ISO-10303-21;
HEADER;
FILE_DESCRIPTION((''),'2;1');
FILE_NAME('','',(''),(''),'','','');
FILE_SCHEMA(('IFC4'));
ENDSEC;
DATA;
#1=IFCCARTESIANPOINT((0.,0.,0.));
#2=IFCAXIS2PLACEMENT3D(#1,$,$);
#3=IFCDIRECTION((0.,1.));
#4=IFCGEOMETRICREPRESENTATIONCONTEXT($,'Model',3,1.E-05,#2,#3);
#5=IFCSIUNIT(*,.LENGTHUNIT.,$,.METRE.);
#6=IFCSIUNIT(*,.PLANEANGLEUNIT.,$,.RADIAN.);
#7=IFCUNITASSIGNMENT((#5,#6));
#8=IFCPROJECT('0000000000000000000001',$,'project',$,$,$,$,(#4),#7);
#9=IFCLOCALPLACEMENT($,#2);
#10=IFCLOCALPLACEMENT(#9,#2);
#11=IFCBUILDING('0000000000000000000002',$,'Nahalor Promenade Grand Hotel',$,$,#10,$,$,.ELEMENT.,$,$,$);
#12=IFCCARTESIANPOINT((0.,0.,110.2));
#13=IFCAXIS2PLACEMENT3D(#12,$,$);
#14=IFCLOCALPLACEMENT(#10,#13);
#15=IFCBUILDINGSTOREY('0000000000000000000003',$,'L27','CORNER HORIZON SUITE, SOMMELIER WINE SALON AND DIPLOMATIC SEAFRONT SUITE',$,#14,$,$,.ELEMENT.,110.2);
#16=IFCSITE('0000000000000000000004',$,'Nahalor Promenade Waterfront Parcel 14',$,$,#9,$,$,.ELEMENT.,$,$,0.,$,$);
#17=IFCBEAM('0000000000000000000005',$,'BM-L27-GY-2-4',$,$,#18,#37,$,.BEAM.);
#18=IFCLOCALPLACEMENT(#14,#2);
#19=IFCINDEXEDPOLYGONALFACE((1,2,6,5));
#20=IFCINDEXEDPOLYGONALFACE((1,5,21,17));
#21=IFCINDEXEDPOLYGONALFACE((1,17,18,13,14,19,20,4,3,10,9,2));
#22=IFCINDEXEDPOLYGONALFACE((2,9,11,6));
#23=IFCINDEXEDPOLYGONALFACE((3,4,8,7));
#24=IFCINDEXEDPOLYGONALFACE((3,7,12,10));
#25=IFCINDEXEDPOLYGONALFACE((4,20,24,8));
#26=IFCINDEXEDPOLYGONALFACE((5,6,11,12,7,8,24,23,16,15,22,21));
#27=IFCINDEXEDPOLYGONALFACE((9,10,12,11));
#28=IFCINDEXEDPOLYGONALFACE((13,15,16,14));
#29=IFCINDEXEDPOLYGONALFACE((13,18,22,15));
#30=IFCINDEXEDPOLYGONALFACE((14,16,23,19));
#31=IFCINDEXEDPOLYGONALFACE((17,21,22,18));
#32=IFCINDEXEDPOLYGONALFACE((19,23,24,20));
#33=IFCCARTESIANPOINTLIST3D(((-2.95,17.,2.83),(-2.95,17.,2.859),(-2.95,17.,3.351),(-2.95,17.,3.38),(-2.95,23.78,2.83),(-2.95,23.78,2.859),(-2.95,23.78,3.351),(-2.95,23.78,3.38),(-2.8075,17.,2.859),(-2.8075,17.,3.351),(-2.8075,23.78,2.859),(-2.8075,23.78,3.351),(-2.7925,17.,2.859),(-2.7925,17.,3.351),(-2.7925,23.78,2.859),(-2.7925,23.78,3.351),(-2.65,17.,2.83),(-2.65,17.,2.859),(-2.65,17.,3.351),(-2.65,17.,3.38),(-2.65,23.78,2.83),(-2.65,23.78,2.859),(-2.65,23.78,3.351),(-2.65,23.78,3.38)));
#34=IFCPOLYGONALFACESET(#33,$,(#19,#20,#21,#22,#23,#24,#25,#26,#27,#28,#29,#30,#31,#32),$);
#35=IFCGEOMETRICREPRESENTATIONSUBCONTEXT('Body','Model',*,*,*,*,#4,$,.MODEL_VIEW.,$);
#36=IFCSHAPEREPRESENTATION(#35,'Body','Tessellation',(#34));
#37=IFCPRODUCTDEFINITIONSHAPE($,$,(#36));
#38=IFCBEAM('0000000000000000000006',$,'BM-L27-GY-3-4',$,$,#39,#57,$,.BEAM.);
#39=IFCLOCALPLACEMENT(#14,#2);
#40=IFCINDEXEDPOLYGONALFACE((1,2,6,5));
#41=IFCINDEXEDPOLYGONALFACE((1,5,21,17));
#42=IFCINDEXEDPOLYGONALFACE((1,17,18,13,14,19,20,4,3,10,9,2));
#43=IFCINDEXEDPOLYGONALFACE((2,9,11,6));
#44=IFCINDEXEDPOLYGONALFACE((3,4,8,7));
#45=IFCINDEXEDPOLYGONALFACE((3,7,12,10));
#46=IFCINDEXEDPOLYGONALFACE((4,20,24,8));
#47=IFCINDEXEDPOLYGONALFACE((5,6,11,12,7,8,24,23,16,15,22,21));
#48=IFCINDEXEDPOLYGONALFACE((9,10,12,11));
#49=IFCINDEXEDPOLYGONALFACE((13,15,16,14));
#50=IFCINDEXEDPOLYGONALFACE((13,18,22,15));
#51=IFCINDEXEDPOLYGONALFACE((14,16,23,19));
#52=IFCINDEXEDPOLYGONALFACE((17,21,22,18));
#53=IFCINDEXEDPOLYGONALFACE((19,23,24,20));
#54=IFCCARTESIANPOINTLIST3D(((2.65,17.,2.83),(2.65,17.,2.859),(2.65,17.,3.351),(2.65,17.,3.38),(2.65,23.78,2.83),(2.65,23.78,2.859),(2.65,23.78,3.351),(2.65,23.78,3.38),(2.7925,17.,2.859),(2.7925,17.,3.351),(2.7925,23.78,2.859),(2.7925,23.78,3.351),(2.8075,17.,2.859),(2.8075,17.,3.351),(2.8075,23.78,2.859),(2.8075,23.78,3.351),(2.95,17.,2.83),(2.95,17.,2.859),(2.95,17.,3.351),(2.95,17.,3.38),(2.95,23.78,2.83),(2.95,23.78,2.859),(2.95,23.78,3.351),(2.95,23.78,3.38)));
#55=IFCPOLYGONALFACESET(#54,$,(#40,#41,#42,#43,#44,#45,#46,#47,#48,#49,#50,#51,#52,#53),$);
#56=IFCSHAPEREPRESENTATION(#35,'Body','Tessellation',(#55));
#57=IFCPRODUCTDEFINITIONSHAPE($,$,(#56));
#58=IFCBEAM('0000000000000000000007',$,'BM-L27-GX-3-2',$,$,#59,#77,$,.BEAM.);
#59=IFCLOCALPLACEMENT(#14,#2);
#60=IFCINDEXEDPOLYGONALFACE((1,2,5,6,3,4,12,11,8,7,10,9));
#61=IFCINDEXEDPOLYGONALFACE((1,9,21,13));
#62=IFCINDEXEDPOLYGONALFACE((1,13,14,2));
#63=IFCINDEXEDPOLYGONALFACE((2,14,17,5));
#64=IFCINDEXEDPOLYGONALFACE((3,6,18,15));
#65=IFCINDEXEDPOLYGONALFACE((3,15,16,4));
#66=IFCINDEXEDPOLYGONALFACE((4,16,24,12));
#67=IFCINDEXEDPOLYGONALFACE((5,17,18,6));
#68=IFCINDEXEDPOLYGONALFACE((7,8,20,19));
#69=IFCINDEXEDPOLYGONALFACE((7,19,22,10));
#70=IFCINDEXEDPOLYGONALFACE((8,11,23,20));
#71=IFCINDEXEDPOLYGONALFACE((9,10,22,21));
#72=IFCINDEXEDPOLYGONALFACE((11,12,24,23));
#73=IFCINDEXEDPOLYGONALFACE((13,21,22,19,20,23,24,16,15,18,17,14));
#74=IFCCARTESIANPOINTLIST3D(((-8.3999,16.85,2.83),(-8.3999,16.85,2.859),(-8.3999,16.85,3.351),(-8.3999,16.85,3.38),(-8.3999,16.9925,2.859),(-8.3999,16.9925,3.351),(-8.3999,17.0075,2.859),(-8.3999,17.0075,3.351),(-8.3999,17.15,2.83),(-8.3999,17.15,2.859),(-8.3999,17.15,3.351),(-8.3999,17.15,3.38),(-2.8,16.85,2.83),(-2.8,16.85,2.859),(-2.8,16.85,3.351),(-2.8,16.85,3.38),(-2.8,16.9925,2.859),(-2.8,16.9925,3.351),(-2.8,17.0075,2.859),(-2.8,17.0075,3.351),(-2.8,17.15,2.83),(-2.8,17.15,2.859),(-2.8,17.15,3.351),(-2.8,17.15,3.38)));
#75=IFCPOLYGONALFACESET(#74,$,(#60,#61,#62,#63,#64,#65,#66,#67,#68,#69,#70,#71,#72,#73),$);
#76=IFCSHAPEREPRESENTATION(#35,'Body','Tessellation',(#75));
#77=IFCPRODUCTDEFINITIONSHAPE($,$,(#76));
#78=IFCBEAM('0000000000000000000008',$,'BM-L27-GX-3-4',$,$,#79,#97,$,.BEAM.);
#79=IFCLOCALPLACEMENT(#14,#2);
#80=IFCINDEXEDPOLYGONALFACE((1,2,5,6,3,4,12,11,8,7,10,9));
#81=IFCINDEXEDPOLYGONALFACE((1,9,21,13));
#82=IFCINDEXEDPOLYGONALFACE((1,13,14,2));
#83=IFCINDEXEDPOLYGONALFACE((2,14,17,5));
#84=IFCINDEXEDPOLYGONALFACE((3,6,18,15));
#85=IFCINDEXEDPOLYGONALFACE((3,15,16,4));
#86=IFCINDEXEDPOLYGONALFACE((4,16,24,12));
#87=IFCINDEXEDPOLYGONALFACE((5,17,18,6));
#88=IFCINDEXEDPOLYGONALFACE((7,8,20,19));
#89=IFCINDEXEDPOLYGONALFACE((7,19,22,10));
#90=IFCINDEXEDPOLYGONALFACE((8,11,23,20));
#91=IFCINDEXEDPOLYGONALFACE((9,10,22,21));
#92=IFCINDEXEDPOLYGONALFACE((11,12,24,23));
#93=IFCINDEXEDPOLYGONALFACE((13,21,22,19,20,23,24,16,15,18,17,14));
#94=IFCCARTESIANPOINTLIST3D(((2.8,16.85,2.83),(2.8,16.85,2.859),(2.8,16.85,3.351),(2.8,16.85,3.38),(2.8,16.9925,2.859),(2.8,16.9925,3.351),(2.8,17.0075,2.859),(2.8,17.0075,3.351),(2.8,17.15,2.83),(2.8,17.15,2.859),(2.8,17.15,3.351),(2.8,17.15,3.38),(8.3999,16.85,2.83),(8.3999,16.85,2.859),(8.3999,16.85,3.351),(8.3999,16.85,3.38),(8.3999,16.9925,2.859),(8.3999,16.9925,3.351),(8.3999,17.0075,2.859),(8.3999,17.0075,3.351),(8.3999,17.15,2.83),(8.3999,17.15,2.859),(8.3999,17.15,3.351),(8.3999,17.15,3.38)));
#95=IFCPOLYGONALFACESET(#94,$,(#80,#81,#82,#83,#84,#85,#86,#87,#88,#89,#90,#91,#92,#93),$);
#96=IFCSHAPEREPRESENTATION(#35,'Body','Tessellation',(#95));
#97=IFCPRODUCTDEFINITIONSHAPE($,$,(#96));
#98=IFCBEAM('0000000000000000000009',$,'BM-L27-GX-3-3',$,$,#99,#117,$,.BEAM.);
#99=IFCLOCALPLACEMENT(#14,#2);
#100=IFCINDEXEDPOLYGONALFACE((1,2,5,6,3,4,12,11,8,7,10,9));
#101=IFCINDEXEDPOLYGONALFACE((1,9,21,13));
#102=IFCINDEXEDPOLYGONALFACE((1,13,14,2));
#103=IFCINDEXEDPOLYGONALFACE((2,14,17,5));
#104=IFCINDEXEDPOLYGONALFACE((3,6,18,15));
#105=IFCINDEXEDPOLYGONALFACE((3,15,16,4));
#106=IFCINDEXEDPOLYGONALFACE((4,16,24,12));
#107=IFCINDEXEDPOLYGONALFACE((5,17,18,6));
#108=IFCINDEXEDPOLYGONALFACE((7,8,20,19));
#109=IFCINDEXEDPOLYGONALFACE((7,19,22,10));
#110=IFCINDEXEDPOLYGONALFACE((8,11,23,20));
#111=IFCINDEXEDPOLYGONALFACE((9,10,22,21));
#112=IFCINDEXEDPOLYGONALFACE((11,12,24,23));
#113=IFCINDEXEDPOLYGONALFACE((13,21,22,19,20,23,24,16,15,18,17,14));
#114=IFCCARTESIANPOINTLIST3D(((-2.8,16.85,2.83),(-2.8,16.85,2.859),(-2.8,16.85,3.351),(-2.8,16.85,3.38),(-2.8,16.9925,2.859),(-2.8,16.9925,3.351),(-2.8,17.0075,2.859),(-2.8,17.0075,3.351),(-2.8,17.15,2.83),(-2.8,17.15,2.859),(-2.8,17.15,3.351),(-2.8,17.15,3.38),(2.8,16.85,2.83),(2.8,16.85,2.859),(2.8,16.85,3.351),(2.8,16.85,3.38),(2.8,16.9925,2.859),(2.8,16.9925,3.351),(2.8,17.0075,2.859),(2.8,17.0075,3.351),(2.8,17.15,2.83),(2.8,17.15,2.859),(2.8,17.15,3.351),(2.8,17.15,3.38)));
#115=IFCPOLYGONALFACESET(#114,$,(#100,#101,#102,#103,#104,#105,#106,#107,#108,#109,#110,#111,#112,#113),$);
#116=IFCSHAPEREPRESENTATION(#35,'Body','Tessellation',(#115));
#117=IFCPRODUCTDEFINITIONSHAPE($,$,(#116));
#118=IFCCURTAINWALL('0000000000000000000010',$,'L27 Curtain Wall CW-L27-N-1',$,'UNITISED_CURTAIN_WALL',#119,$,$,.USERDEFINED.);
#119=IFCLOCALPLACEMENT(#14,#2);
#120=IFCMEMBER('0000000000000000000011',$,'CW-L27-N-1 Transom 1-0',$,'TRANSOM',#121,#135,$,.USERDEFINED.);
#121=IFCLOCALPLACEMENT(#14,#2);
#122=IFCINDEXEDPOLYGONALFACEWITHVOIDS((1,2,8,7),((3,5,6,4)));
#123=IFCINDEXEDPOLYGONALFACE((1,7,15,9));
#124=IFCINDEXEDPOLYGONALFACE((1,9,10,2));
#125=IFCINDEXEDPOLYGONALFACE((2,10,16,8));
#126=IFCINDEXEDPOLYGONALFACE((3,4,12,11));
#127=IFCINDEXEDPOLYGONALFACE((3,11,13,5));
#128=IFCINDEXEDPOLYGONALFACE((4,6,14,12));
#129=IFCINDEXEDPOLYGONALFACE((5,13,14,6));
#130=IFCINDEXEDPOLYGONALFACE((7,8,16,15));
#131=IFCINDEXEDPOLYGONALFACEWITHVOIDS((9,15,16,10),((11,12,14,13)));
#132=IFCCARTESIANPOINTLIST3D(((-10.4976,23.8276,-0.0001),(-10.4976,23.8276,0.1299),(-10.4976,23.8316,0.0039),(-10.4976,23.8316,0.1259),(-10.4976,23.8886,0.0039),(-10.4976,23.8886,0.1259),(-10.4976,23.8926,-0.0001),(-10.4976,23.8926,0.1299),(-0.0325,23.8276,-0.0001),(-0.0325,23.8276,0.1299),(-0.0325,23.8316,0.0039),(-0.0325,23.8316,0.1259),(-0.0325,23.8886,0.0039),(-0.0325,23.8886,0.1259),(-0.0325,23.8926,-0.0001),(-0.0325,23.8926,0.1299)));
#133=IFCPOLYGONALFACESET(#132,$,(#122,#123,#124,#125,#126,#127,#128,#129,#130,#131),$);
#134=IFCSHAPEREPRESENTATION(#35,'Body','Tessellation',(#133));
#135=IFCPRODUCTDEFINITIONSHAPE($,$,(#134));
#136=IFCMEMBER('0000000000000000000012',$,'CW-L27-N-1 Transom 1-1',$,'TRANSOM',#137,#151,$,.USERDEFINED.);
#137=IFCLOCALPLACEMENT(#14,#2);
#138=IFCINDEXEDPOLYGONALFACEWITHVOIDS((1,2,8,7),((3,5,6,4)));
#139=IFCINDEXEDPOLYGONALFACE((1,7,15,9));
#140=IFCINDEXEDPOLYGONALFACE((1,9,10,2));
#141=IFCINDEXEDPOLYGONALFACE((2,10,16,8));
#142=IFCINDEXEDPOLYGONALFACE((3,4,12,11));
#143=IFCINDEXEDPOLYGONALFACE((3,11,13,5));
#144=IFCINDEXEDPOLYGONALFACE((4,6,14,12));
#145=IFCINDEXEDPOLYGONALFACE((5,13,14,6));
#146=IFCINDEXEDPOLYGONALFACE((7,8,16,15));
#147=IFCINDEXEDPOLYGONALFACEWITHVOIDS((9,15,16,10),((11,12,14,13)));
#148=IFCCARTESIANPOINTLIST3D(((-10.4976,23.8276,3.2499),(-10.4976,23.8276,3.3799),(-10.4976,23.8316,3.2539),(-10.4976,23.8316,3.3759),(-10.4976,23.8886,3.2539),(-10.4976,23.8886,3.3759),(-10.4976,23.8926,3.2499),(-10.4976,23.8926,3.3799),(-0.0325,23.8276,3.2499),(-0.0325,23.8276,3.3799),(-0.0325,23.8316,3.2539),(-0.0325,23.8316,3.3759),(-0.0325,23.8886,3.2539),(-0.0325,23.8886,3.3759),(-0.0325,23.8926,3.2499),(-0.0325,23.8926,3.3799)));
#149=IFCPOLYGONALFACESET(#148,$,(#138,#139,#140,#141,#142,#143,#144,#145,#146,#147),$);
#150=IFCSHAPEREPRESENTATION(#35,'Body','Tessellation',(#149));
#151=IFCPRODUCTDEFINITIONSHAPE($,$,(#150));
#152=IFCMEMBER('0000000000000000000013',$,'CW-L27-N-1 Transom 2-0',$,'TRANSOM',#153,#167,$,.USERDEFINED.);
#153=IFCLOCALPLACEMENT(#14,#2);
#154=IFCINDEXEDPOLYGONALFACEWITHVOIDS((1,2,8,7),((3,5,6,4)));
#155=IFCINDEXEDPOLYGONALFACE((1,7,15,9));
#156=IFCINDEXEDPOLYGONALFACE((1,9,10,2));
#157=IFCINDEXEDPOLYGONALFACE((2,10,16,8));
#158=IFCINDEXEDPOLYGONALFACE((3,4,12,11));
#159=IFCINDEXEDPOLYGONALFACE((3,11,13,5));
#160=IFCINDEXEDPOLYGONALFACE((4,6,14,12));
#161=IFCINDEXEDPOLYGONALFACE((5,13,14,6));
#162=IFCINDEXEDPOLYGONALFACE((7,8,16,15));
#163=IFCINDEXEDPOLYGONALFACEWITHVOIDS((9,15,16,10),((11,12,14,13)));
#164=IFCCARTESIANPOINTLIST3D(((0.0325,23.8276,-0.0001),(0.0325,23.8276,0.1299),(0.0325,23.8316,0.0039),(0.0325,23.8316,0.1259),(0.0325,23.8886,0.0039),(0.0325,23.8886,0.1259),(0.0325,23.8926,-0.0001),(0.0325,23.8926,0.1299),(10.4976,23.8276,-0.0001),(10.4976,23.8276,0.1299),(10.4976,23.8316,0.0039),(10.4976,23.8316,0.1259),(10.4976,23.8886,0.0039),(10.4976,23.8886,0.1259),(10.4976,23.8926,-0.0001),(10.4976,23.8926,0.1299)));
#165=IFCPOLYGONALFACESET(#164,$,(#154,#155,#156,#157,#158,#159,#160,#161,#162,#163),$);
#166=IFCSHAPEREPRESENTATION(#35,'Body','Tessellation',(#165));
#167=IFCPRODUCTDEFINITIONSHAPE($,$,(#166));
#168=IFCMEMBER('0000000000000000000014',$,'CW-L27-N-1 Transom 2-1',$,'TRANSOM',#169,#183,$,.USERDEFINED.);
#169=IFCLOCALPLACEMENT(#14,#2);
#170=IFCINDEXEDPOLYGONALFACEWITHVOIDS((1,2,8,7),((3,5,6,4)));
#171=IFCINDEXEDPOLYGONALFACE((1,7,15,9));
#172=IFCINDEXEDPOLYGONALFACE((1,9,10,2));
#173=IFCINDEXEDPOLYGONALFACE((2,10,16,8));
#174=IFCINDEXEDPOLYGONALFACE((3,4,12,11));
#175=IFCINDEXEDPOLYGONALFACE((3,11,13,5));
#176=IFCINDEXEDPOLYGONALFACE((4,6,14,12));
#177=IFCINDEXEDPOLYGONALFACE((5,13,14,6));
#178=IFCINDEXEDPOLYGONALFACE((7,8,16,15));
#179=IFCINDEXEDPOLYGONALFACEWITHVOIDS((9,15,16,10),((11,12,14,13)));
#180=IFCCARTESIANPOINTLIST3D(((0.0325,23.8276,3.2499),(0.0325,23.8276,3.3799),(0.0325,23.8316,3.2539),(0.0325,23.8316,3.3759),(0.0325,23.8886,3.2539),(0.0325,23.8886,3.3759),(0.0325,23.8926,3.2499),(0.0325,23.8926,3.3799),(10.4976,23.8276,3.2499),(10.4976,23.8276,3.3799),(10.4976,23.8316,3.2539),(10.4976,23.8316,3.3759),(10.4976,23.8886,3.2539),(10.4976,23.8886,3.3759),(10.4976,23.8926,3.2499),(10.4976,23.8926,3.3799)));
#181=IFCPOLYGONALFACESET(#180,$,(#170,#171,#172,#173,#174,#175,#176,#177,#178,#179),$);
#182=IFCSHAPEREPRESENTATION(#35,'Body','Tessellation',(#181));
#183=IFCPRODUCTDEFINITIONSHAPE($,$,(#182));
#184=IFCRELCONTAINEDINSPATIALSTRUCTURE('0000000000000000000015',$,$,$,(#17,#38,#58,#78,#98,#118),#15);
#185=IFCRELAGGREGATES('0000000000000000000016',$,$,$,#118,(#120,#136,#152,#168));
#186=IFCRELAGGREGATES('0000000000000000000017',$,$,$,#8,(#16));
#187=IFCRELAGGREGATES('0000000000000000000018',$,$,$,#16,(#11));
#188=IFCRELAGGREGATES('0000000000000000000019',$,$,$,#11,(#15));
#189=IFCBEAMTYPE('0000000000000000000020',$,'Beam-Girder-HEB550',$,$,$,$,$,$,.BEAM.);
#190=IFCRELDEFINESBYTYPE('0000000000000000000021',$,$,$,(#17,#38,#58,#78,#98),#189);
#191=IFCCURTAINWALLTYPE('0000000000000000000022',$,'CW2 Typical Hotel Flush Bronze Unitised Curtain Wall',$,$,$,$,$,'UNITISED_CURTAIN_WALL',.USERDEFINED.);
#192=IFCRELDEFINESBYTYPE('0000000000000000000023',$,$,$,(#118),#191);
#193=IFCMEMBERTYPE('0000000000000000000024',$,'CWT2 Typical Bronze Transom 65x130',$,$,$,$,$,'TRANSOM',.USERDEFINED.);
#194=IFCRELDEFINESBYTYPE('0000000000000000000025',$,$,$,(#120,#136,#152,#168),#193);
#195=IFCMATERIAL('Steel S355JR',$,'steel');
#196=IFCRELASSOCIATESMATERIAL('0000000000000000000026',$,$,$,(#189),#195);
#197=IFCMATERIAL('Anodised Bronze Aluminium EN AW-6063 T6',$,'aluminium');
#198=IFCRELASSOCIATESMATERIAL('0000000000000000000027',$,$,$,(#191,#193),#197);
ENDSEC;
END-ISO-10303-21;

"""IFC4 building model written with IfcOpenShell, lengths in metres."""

from ifc_helpers import new_model, si_unit, direction, frame, origin, origin_2d, place, context, subcontext, project, spatial, hollow_rectangle, i_section, extrude, source, transform, mapped, material, material_profile, profile_set, type_object, element, aggregate, save


model = new_model("IFC4")

# Units and contexts
model_context = context("Model", 3, precision=1e-05, world=origin(), true_north=direction((0.0, 1.0)))
body_context = subcontext(model_context, "Body", "Model", "MODEL_VIEW")
ifc_project = project(units=[si_unit("LENGTHUNIT", "METRE"), si_unit("PLANEANGLEUNIT", "RADIAN")], contexts=[model_context])

# Site, building, storey
site_placement = place(None, origin())
site = spatial("IfcSite", under=ifc_project, at=site_placement, Name="Nahalor Promenade Waterfront Parcel 14", CompositionType="ELEMENT", RefElevation=0.0)
building_placement = place(site_placement, origin())
building = spatial("IfcBuilding", under=site, at=building_placement, Name="Nahalor Promenade Grand Hotel", CompositionType="ELEMENT")
storey_placement = place(building_placement, frame((0.0, 0.0, 110.2)))
storey = spatial("IfcBuildingStorey", under=building, at=storey_placement, Name="L27", Description="CORNER HORIZON SUITE, SOMMELIER WINE SALON AND DIPLOMATIC SEAFRONT SUITE", CompositionType="ELEMENT", Elevation=110.2)

# Beams
ifc_material_1 = material(Name="Steel S355JR", Category="steel")
ifc_material_profile_1 = material_profile(ifc_material_1, i_section(OverallWidth=0.3, OverallDepth=0.55, WebThickness=0.015, FlangeThickness=0.029, at=origin_2d()), Name="HEB 550")
ifc_profile_set_1 = profile_set([ifc_material_profile_1], Name="Steel S355JR")
beam_type_1 = type_object("IfcBeamType", Name="Beam-Girder-HEB550", PredefinedType="BEAM", material=ifc_profile_set_1)
shared_shape_1 = source(origin(), body_context, "Body", "SweptSolid", [
    extrude(i_section(OverallWidth=0.3, OverallDepth=0.55, WebThickness=0.015, FlangeThickness=0.029, at=origin_2d()), origin(), (0.0, 0.0, 1.0), 6.78),
])
for number, where, z_axis, x_axis, name in (
    (1, (-2.8, 17.0, 3.105), (0.0, 1.0, 0.0), (-1.0, 0.0, 0.0), "BM-L27-GY-2-4"),
    (2, (2.8, 17.0, 3.105), (0.0, 1.0, 0.0), (-1.0, 0.0, 0.0), "BM-L27-GY-3-4"),
):
    element("IfcBeam", number, at=place(storey_placement, frame(where, z_axis=z_axis, x_axis=x_axis)), inside=storey, type_object=beam_type_1, Name=name, PredefinedType="BEAM", context=body_context, shape_type="MappedRepresentation", body=[
        mapped(shared_shape_1, transform((0.0, 0.0, 0.0), scale=1.0)),
    ])
shared_shape_2 = source(origin(), body_context, "Body", "SweptSolid", [
    extrude(i_section(OverallWidth=0.3, OverallDepth=0.55, WebThickness=0.015, FlangeThickness=0.029, at=origin_2d()), origin(), (0.0, 0.0, 1.0), 5.5999),
])
for number, where, z_axis, x_axis, name in (
    (3, (-8.3999, 17.0, 3.105), (1.0, 0.0, 0.0), (0.0, 1.0, 0.0), "BM-L27-GX-3-2"),
    (4, (2.8, 17.0, 3.105), (1.0, 0.0, 0.0), (0.0, 1.0, 0.0), "BM-L27-GX-3-4"),
):
    element("IfcBeam", number, at=place(storey_placement, frame(where, z_axis=z_axis, x_axis=x_axis)), inside=storey, type_object=beam_type_1, Name=name, PredefinedType="BEAM", context=body_context, shape_type="MappedRepresentation", body=[
        mapped(shared_shape_2, transform((0.0, 0.0, 0.0), scale=1.0)),
    ])
shared_shape_3 = source(origin(), body_context, "Body", "SweptSolid", [
    extrude(i_section(OverallWidth=0.3, OverallDepth=0.55, WebThickness=0.015, FlangeThickness=0.029, at=origin_2d()), origin(), (0.0, 0.0, 1.0), 5.6001),
])
beam_1_placement = place(storey_placement, frame((-2.8, 17.0, 3.105), z_axis=(1.0, 0.0, 0.0), x_axis=(0.0, 1.0, 0.0)))
element("IfcBeam", 5, at=beam_1_placement, inside=storey, type_object=beam_type_1, Name="BM-L27-GX-3-3", PredefinedType="BEAM", context=body_context, shape_type="MappedRepresentation", body=[
    mapped(shared_shape_3, transform((0.0, 0.0, 0.0), scale=1.0)),
])

# Curtain wall, members
ifc_material_2 = material(Name="Anodised Bronze Aluminium EN AW-6063 T6", Category="aluminium")
curtain_wall_type = type_object("IfcCurtainWallType", Name="CW2 Typical Hotel Flush Bronze Unitised Curtain Wall", ElementType="UNITISED_CURTAIN_WALL", PredefinedType="USERDEFINED", material=ifc_material_2)
curtain_wall_placement = place(storey_placement, origin())
curtain_wall = element("IfcCurtainWall", 6, at=curtain_wall_placement, inside=storey, type_object=curtain_wall_type, Name="L27 Curtain Wall CW-L27-N-1", ObjectType="UNITISED_CURTAIN_WALL", PredefinedType="USERDEFINED")
ifc_material_profile_2 = material_profile(ifc_material_2, hollow_rectangle(XDim=0.065, YDim=0.13, WallThickness=0.004, at=origin_2d()), Name="CWT 65x130x4")
ifc_profile_set_2 = profile_set([ifc_material_profile_2], Name="Anodised Bronze Aluminium EN AW-6063 T6")
member_type_1 = type_object("IfcMemberType", Name="CWT2 Typical Bronze Transom 65x130", ElementType="TRANSOM", PredefinedType="USERDEFINED", material=ifc_profile_set_2)
shared_shape_4 = source(origin(), body_context, "Body", "SweptSolid", [
    extrude(hollow_rectangle(XDim=0.065, YDim=0.13, WallThickness=0.004, at=origin_2d()), origin(), (0.0, 0.0, 1.0), 10.4651),
])
member_1_placement = place(storey_placement, frame((-10.4976, 23.8601, 0.0649), z_axis=(1.0, 0.0, 0.0), x_axis=(0.0, 1.0, 0.0)))
member_1 = element("IfcMember", 7, at=member_1_placement, type_object=member_type_1, Name="CW-L27-N-1 Transom 1-0", ObjectType="TRANSOM", PredefinedType="USERDEFINED", context=body_context, shape_type="MappedRepresentation", body=[
    mapped(shared_shape_4, transform((0.0, 0.0, 0.0), scale=1.0)),
])
member_2_placement = place(storey_placement, frame((-10.4976, 23.8601, 3.3149), z_axis=(1.0, 0.0, 0.0), x_axis=(0.0, 1.0, 0.0)))
member_2 = element("IfcMember", 8, at=member_2_placement, type_object=member_type_1, Name="CW-L27-N-1 Transom 1-1", ObjectType="TRANSOM", PredefinedType="USERDEFINED", context=body_context, shape_type="MappedRepresentation", body=[
    mapped(shared_shape_4, transform((0.0, 0.0, 0.0), scale=1.0)),
])
member_3_placement = place(storey_placement, frame((0.0325, 23.8601, 0.0649), z_axis=(1.0, 0.0, 0.0), x_axis=(0.0, 1.0, 0.0)))
member_3 = element("IfcMember", 9, at=member_3_placement, type_object=member_type_1, Name="CW-L27-N-1 Transom 2-0", ObjectType="TRANSOM", PredefinedType="USERDEFINED", context=body_context, shape_type="MappedRepresentation", body=[
    mapped(shared_shape_4, transform((0.0, 0.0, 0.0), scale=1.0)),
])
member_4_placement = place(storey_placement, frame((0.0325, 23.8601, 3.3149), z_axis=(1.0, 0.0, 0.0), x_axis=(0.0, 1.0, 0.0)))
member_4 = element("IfcMember", 10, at=member_4_placement, type_object=member_type_1, Name="CW-L27-N-1 Transom 2-1", ObjectType="TRANSOM", PredefinedType="USERDEFINED", context=body_context, shape_type="MappedRepresentation", body=[
    mapped(shared_shape_4, transform((0.0, 0.0, 0.0), scale=1.0)),
])
aggregate(curtain_wall, [member_1, member_2, member_3, member_4])

save(model, "model.ifc")
